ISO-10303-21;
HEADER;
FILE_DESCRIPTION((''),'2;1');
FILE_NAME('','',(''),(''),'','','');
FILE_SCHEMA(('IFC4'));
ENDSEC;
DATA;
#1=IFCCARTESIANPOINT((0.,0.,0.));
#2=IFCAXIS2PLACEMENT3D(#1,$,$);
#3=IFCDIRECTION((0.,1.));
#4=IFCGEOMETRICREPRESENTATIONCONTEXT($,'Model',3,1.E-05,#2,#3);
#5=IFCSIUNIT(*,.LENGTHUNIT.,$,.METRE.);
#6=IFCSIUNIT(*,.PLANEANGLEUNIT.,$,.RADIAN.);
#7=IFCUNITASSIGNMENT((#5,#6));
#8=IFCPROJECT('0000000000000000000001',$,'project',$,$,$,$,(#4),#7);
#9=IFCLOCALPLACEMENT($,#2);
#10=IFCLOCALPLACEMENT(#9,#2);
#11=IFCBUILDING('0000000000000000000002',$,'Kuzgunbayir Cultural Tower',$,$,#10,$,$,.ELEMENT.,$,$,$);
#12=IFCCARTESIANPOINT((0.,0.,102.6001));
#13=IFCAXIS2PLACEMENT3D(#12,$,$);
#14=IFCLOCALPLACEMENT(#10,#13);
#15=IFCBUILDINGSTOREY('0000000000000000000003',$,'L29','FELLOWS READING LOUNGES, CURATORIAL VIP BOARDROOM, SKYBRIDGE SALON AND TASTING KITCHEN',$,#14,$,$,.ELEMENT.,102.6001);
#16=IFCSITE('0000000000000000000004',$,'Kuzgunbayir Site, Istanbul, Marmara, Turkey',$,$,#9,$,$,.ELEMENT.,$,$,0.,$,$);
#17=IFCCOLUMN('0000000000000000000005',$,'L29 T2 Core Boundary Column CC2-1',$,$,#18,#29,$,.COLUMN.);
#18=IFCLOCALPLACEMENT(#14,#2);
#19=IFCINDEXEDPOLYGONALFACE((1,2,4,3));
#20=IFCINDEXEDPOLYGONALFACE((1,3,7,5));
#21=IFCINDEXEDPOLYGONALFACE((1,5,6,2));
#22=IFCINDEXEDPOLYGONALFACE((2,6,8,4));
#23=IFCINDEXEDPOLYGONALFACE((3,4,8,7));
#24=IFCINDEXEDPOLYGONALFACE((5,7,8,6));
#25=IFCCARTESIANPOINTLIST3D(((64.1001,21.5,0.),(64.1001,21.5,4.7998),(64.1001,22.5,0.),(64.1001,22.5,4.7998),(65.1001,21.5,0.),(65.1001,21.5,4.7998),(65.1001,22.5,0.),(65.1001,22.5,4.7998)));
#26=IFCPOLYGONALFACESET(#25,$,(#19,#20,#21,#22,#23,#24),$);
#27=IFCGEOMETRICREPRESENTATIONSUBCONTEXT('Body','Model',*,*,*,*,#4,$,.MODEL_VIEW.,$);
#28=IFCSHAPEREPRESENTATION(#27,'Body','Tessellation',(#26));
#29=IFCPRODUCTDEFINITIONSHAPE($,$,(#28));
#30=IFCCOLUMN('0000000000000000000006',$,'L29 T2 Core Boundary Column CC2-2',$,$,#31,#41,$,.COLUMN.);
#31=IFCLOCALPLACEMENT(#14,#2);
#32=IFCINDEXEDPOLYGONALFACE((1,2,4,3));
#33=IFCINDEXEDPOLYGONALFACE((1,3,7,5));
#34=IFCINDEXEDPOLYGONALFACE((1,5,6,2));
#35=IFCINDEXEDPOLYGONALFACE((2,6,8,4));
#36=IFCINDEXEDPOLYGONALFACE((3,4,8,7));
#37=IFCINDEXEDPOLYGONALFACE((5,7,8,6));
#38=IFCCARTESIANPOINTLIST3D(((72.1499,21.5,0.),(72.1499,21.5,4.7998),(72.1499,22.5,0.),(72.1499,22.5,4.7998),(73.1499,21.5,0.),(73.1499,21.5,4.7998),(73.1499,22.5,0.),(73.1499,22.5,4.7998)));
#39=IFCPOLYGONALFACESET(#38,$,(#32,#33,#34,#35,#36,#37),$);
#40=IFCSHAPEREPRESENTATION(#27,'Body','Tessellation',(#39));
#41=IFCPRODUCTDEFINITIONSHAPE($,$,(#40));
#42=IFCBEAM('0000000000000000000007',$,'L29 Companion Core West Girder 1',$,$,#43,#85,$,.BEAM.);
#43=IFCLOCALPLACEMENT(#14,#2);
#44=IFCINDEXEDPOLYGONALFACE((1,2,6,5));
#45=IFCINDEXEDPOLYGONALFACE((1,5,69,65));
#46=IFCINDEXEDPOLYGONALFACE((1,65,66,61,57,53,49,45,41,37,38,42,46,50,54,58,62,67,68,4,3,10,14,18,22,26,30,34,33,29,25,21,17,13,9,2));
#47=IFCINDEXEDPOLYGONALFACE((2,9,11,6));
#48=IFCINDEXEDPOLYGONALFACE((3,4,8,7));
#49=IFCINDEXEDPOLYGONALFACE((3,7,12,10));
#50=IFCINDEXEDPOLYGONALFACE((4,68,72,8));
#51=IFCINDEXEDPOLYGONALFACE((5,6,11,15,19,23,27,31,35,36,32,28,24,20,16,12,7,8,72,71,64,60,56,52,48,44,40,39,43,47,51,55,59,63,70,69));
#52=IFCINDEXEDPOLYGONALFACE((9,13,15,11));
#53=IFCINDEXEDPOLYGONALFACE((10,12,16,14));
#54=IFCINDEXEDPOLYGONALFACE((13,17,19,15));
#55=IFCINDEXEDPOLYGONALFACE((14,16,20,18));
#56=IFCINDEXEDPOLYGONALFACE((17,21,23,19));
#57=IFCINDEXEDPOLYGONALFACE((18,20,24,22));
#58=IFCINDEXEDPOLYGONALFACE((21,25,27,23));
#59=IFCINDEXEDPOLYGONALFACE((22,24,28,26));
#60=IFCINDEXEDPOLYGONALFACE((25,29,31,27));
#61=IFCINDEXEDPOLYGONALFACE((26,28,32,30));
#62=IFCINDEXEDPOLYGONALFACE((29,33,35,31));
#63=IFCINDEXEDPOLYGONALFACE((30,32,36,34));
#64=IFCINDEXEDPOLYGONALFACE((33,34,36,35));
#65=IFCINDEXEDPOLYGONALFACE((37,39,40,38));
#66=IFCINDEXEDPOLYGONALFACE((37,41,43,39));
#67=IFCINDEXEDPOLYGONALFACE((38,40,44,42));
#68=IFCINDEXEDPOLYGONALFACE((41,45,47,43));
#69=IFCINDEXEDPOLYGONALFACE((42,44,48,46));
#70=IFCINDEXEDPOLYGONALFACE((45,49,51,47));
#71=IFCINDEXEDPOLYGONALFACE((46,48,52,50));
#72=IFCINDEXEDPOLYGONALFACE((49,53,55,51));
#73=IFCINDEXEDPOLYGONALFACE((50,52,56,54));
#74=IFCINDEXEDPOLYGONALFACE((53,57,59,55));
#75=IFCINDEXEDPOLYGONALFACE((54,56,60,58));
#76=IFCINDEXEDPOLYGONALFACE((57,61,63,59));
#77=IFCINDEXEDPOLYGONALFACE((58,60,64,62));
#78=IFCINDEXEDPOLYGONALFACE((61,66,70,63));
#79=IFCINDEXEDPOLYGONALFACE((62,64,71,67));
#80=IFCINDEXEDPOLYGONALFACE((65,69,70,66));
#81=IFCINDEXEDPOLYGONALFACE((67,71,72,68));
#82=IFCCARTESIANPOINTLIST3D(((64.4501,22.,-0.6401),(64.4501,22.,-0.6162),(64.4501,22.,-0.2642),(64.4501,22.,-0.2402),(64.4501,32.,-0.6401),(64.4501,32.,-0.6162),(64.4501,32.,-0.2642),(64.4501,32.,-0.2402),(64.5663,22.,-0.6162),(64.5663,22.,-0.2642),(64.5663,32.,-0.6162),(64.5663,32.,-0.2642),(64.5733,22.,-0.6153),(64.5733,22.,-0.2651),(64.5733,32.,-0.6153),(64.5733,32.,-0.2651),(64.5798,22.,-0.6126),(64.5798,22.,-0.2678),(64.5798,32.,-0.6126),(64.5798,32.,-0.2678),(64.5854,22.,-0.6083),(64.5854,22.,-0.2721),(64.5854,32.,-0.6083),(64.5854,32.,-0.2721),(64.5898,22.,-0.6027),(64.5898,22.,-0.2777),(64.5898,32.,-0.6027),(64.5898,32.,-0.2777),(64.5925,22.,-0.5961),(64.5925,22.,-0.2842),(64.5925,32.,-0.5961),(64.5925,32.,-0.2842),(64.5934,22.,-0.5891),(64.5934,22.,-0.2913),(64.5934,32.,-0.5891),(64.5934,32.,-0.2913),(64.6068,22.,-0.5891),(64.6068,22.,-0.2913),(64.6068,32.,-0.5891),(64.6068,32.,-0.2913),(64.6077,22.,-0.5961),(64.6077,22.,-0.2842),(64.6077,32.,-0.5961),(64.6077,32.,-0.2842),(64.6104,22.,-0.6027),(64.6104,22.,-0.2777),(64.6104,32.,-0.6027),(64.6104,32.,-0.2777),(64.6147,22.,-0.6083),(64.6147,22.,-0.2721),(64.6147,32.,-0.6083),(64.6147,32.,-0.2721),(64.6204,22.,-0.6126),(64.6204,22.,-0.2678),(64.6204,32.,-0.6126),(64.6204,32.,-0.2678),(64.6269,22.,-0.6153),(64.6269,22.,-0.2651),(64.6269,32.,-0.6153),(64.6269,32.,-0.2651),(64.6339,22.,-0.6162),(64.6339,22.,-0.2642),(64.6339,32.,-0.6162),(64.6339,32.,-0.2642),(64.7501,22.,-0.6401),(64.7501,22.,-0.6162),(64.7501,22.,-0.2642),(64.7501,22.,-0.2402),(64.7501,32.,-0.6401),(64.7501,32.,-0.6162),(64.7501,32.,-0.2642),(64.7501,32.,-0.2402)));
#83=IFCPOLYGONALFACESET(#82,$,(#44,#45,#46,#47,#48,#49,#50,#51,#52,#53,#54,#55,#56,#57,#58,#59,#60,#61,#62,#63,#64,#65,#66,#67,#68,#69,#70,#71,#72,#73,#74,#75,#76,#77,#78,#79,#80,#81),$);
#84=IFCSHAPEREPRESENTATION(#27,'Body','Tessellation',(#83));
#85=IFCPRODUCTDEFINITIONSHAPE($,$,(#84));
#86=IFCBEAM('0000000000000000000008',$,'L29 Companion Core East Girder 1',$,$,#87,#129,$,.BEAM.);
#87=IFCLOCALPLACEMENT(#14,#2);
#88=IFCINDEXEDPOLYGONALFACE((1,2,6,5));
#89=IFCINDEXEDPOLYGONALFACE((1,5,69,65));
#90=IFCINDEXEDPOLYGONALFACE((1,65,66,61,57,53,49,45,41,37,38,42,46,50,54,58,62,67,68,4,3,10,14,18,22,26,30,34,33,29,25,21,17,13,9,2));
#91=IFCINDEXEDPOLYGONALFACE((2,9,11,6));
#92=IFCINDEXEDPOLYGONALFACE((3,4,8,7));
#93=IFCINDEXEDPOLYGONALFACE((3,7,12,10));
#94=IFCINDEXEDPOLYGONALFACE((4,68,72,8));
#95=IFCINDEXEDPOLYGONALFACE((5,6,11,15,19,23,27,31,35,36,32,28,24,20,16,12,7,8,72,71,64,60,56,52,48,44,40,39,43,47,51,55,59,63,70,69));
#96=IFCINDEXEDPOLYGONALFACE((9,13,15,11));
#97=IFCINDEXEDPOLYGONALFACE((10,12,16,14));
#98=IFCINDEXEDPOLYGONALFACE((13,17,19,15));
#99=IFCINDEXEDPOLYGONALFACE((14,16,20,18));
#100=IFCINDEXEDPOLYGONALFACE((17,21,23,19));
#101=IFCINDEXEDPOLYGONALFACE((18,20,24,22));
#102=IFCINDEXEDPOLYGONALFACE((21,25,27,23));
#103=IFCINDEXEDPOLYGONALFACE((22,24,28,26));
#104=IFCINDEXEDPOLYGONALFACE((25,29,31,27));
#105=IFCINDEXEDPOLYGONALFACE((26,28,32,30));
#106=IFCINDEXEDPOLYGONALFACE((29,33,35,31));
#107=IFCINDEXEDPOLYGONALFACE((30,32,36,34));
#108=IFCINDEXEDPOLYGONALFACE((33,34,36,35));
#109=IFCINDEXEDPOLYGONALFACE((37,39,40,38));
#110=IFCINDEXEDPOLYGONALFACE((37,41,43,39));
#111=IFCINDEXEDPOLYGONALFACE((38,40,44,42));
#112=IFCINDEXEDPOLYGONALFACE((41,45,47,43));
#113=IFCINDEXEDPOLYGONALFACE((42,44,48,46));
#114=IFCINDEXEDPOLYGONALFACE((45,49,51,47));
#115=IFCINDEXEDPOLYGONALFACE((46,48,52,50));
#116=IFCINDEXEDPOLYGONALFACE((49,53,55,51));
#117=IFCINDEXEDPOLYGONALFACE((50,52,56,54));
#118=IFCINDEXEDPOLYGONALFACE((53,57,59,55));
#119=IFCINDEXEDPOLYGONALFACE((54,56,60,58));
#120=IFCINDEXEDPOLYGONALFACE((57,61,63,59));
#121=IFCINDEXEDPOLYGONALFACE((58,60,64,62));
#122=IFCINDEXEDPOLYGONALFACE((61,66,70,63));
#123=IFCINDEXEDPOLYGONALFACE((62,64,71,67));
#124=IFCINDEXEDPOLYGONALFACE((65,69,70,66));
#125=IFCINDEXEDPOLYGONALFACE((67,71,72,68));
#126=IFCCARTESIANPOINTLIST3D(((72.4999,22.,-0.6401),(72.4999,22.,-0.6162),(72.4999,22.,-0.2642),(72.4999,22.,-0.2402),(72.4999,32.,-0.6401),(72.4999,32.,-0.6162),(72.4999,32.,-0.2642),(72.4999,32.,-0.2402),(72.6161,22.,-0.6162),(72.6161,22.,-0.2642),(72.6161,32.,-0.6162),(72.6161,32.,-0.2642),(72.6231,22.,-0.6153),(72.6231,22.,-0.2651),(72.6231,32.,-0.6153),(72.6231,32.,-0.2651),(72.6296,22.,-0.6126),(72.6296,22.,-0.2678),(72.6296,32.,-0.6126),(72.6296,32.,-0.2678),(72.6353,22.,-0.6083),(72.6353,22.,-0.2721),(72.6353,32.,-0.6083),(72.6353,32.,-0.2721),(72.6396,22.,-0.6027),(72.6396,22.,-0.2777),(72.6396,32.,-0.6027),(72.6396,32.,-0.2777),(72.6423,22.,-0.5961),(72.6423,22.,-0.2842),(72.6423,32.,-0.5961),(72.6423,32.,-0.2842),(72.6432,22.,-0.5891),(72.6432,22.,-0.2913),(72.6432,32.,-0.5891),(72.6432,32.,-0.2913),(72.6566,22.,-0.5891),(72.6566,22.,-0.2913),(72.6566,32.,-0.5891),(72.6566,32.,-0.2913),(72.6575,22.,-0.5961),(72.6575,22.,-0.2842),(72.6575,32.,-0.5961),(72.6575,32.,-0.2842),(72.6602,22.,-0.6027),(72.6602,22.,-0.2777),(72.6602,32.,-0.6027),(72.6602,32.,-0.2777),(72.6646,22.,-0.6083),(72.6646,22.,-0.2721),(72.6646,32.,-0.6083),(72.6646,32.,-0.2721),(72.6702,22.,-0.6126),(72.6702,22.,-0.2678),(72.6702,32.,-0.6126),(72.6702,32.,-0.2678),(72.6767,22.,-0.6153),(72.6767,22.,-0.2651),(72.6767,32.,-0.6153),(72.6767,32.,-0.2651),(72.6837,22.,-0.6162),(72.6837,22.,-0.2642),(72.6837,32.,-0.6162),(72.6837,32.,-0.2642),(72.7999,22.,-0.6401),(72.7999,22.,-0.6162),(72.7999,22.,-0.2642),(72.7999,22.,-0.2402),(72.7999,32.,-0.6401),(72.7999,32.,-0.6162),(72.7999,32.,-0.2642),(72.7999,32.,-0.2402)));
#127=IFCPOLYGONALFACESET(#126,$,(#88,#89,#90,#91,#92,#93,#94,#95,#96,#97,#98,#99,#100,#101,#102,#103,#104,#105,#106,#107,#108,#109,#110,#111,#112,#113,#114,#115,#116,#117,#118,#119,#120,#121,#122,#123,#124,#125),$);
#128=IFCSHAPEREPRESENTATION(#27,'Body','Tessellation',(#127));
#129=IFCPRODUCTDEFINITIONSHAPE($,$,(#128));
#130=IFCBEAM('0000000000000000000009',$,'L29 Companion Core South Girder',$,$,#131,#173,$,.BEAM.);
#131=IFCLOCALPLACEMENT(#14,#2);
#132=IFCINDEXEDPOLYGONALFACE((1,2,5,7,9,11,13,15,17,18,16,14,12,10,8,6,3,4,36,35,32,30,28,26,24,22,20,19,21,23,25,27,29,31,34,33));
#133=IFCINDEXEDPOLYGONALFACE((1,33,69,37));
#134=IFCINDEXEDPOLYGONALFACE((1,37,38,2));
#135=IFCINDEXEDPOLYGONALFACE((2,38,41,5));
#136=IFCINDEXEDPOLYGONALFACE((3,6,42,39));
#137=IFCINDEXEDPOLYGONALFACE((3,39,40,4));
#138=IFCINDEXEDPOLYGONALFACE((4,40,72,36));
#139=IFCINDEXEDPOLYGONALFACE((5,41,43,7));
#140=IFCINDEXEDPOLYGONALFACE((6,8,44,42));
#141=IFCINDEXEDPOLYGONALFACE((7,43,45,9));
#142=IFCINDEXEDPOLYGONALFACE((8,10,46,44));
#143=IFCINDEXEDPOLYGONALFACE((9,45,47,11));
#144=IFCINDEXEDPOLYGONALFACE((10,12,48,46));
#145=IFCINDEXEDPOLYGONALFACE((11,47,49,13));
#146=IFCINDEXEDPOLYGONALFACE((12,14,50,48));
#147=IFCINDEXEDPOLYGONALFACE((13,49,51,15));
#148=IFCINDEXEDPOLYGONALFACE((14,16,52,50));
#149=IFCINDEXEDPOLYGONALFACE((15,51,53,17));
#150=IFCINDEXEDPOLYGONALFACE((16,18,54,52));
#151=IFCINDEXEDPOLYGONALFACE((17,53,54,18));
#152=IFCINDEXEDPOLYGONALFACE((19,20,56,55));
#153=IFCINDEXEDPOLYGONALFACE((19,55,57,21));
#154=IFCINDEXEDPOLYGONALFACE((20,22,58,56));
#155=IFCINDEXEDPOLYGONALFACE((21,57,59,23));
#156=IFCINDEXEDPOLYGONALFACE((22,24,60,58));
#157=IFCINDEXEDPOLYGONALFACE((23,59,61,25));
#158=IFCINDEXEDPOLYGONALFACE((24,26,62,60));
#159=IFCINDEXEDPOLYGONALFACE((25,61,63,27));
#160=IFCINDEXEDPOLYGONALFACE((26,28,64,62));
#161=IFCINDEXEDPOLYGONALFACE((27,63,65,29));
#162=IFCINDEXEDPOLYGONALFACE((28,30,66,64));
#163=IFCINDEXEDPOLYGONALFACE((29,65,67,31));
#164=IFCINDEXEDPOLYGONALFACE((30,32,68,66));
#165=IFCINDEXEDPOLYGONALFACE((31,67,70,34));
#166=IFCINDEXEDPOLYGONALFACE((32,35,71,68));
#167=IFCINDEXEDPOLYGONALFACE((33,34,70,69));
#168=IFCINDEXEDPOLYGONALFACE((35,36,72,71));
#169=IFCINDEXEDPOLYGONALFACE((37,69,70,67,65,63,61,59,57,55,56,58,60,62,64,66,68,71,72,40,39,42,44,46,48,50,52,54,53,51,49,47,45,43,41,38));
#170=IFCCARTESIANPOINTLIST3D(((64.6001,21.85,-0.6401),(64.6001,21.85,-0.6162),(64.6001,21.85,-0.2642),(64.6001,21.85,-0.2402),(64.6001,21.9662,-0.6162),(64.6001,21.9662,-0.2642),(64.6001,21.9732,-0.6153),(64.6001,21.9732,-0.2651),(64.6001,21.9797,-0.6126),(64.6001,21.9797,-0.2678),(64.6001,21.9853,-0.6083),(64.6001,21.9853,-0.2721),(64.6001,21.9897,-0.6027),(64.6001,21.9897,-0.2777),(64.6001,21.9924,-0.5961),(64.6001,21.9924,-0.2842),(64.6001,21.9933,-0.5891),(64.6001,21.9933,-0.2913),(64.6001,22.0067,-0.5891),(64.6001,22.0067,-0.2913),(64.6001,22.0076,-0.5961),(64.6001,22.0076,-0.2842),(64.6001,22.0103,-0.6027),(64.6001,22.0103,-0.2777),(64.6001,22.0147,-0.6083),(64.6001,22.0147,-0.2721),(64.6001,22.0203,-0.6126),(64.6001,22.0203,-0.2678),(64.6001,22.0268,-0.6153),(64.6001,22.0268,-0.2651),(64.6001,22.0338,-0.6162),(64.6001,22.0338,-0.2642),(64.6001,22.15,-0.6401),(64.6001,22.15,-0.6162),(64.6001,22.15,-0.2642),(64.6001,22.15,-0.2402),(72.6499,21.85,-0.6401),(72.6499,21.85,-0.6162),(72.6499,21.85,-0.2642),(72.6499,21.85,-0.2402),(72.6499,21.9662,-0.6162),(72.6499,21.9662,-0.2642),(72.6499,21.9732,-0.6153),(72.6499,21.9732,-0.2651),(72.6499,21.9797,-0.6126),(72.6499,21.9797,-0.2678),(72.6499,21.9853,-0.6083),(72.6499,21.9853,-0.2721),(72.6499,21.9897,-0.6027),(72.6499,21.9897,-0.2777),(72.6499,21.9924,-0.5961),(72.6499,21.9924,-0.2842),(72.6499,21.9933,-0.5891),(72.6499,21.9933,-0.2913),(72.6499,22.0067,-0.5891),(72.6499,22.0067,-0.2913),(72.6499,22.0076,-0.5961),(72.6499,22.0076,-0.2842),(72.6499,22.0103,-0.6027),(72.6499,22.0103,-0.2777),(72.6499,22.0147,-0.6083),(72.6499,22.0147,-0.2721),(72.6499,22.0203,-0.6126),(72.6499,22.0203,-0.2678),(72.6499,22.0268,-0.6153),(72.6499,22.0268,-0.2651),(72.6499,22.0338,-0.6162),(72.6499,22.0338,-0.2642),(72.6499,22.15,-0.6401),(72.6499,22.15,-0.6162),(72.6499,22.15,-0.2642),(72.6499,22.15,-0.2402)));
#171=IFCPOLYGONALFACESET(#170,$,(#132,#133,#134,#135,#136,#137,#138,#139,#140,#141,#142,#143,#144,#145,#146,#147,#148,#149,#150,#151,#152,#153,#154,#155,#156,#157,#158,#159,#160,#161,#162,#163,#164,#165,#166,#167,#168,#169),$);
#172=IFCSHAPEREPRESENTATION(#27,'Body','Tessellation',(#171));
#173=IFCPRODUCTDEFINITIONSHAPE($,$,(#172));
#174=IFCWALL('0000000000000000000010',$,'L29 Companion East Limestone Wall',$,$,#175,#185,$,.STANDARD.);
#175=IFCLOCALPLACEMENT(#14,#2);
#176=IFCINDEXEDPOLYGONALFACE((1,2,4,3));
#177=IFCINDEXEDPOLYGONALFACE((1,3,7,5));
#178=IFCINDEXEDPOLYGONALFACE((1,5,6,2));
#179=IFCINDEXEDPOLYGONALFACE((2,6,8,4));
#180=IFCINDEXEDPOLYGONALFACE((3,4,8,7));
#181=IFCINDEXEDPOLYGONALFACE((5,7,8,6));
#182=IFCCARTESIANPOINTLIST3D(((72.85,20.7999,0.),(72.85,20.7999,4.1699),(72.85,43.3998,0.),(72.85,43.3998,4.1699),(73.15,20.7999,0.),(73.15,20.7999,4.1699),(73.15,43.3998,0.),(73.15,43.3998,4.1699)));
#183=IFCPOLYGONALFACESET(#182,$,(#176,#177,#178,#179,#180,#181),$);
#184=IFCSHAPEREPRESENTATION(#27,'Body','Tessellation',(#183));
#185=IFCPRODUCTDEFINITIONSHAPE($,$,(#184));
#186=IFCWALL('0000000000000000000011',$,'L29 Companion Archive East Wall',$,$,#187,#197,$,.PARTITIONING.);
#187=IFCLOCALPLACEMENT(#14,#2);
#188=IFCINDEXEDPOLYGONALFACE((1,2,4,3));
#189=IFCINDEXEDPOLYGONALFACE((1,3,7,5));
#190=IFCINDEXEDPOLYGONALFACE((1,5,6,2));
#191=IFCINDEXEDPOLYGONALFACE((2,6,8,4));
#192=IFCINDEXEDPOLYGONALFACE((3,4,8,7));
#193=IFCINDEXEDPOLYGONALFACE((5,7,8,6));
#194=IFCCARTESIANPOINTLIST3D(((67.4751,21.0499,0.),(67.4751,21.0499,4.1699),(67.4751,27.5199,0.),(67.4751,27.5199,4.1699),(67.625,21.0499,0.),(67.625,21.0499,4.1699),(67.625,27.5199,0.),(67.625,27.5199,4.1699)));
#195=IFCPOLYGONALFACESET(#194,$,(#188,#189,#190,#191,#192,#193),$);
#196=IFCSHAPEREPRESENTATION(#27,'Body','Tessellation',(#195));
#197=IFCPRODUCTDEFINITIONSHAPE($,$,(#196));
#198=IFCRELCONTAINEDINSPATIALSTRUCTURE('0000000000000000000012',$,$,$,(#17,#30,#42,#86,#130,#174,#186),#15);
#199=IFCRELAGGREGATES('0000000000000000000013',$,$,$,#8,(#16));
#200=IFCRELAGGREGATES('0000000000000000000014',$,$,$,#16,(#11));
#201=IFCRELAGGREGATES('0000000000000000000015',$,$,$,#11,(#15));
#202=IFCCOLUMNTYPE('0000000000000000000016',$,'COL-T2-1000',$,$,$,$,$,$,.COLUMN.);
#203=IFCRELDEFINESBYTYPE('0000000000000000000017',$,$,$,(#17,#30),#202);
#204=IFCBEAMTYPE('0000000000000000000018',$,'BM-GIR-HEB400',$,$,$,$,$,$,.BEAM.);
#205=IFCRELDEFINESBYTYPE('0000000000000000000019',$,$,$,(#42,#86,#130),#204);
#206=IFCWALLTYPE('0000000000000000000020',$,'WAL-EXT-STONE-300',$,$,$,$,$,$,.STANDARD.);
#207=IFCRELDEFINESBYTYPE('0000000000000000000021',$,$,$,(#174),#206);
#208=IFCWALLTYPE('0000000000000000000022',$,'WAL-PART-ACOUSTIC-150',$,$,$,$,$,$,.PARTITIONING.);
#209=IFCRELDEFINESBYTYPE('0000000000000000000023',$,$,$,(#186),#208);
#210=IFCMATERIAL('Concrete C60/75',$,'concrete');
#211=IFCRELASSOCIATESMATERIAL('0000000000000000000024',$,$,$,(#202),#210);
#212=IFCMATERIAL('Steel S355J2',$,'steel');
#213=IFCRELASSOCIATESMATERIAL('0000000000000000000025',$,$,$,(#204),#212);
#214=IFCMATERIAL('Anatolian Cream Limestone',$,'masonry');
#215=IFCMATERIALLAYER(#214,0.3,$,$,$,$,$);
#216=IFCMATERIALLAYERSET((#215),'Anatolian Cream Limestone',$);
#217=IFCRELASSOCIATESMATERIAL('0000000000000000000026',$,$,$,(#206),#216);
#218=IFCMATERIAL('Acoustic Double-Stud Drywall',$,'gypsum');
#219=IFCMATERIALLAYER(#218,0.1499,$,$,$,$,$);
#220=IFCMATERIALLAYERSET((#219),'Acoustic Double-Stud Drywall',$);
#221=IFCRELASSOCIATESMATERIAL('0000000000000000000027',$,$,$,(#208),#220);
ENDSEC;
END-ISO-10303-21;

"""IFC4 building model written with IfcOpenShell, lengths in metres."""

from ifc_helpers import new_model, si_unit, direction, frame, frame_2d, origin, origin_2d, place, context, subcontext, project, spatial, rectangle, i_section, extrude, material, layer, layer_set, material_profile, profile_set, type_object, element, save


model = new_model("IFC4")

# Units and contexts
model_context = context("Model", 3, precision=1e-05, world=origin(), true_north=direction((0.0, 1.0)))
body_context = subcontext(model_context, "Body", "Model", "MODEL_VIEW")
ifc_project = project(units=[si_unit("LENGTHUNIT", "METRE"), si_unit("PLANEANGLEUNIT", "RADIAN")], contexts=[model_context])

# Site, building, storey
site_placement = place(None, origin())
site = spatial("IfcSite", under=ifc_project, at=site_placement, Name="Kuzgunbayir Site, Istanbul, Marmara, Turkey", CompositionType="ELEMENT", RefElevation=0.0)
building_placement = place(site_placement, origin())
building = spatial("IfcBuilding", under=site, at=building_placement, Name="Kuzgunbayir Cultural Tower", CompositionType="ELEMENT")
storey_placement = place(building_placement, frame((0.0, 0.0, 102.6001)))
storey = spatial("IfcBuildingStorey", under=building, at=storey_placement, Name="L29", Description="FELLOWS READING LOUNGES, CURATORIAL VIP BOARDROOM, SKYBRIDGE SALON AND TASTING KITCHEN", CompositionType="ELEMENT", Elevation=102.6001)

# Columns
ifc_material_1 = material(Name="Concrete C60/75", Category="concrete")
ifc_material_profile_1 = material_profile(ifc_material_1, rectangle(XDim=1.0, YDim=1.0, at=origin_2d()), Name="RC 1000x1000")
ifc_profile_set_1 = profile_set([ifc_material_profile_1], Name="Concrete C60/75")
column_type = type_object("IfcColumnType", Name="COL-T2-1000", PredefinedType="COLUMN", material=ifc_profile_set_1)
for number, where, z_axis, x_axis, name in (
    (1, (64.6001, 22.0, 0.0), (0.0, 0.0, 1.0), (1.0, 0.0, 0.0), "L29 T2 Core Boundary Column CC2-1"),
    (2, (72.6499, 22.0, 0.0), (0.0, 0.0, 1.0), (1.0, 0.0, 0.0), "L29 T2 Core Boundary Column CC2-2"),
):
    element("IfcColumn", number, at=place(storey_placement, frame(where, z_axis=z_axis, x_axis=x_axis)), inside=storey, type_object=column_type, Name=name, PredefinedType="COLUMN", context=body_context, shape_type="SweptSolid", body=[
        extrude(rectangle(XDim=1.0, YDim=1.0, at=origin_2d()), origin(), (0.0, 0.0, 1.0), 4.7998),
    ])

# Beams
ifc_material_2 = material(Name="Steel S355J2", Category="steel")
ifc_material_profile_2 = material_profile(ifc_material_2, i_section(OverallWidth=0.3, OverallDepth=0.3999, WebThickness=0.0134, FlangeThickness=0.0239, FilletRadius=0.0271, at=origin_2d()), Name="HEB 400")
ifc_profile_set_2 = profile_set([ifc_material_profile_2], Name="Steel S355J2")
beam_type = type_object("IfcBeamType", Name="BM-GIR-HEB400", PredefinedType="BEAM", material=ifc_profile_set_2)
for number, where, z_axis, x_axis, name in (
    (3, (64.6001, 22.0, -0.4402), (0.0, 1.0, 0.0), (-1.0, 0.0, 0.0), "L29 Companion Core West Girder 1"),
    (4, (72.6499, 22.0, -0.4402), (0.0, 1.0, 0.0), (-1.0, 0.0, 0.0), "L29 Companion Core East Girder 1"),
):
    element("IfcBeam", number, at=place(storey_placement, frame(where, z_axis=z_axis, x_axis=x_axis)), inside=storey, type_object=beam_type, Name=name, PredefinedType="BEAM", context=body_context, shape_type="SweptSolid", body=[
        extrude(i_section(OverallWidth=0.3, OverallDepth=0.3999, WebThickness=0.0134, FlangeThickness=0.0239, FilletRadius=0.0271, at=origin_2d()), origin(), (0.0, 0.0, 1.0), 10.0),
    ])
beam_placement = place(storey_placement, frame((64.6001, 22.0, -0.4402), z_axis=(1.0, 0.0, 0.0), x_axis=(0.0, 1.0, 0.0)))
element("IfcBeam", 5, at=beam_placement, inside=storey, type_object=beam_type, Name="L29 Companion Core South Girder", PredefinedType="BEAM", context=body_context, shape_type="SweptSolid", body=[
    extrude(i_section(OverallWidth=0.3, OverallDepth=0.3999, WebThickness=0.0134, FlangeThickness=0.0239, FilletRadius=0.0271, at=origin_2d()), origin(), (0.0, 0.0, 1.0), 8.0498),
])

# Walls
ifc_material_3 = material(Name="Anatolian Cream Limestone", Category="masonry")
ifc_layer_1 = layer(ifc_material_3, 0.3)
ifc_layer_set_1 = layer_set([ifc_layer_1], Name="Anatolian Cream Limestone")
wall_type_1 = type_object("IfcWallType", Name="WAL-EXT-STONE-300", PredefinedType="STANDARD", material=ifc_layer_set_1)
wall_1_placement = place(storey_placement, frame((73.0, 20.8, 0.0), z_axis=(0.0, 0.0, 1.0), x_axis=(0.0, 1.0, 0.0)))
element("IfcWall", 6, at=wall_1_placement, inside=storey, type_object=wall_type_1, Name="L29 Companion East Limestone Wall", PredefinedType="STANDARD", context=body_context, shape_type="SweptSolid", body=[
    extrude(rectangle(XDim=22.5999, YDim=0.3, at=frame_2d((11.2998, 0.0))), origin(), (0.0, 0.0, 1.0), 4.1699),
])
ifc_material_4 = material(Name="Acoustic Double-Stud Drywall", Category="gypsum")
ifc_layer_2 = layer(ifc_material_4, 0.1499)
ifc_layer_set_2 = layer_set([ifc_layer_2], Name="Acoustic Double-Stud Drywall")
wall_type_2 = type_object("IfcWallType", Name="WAL-PART-ACOUSTIC-150", PredefinedType="PARTITIONING", material=ifc_layer_set_2)
wall_2_placement = place(storey_placement, frame((67.55, 21.05, 0.0), z_axis=(0.0, 0.0, 1.0), x_axis=(0.0, 1.0, 0.0)))
element("IfcWall", 7, at=wall_2_placement, inside=storey, type_object=wall_type_2, Name="L29 Companion Archive East Wall", PredefinedType="PARTITIONING", context=body_context, shape_type="SweptSolid", body=[
    extrude(rectangle(XDim=6.47, YDim=0.1499, at=frame_2d((3.2349, 0.0))), origin(), (0.0, 0.0, 1.0), 4.1699),
])

save(model, "model.ifc")
